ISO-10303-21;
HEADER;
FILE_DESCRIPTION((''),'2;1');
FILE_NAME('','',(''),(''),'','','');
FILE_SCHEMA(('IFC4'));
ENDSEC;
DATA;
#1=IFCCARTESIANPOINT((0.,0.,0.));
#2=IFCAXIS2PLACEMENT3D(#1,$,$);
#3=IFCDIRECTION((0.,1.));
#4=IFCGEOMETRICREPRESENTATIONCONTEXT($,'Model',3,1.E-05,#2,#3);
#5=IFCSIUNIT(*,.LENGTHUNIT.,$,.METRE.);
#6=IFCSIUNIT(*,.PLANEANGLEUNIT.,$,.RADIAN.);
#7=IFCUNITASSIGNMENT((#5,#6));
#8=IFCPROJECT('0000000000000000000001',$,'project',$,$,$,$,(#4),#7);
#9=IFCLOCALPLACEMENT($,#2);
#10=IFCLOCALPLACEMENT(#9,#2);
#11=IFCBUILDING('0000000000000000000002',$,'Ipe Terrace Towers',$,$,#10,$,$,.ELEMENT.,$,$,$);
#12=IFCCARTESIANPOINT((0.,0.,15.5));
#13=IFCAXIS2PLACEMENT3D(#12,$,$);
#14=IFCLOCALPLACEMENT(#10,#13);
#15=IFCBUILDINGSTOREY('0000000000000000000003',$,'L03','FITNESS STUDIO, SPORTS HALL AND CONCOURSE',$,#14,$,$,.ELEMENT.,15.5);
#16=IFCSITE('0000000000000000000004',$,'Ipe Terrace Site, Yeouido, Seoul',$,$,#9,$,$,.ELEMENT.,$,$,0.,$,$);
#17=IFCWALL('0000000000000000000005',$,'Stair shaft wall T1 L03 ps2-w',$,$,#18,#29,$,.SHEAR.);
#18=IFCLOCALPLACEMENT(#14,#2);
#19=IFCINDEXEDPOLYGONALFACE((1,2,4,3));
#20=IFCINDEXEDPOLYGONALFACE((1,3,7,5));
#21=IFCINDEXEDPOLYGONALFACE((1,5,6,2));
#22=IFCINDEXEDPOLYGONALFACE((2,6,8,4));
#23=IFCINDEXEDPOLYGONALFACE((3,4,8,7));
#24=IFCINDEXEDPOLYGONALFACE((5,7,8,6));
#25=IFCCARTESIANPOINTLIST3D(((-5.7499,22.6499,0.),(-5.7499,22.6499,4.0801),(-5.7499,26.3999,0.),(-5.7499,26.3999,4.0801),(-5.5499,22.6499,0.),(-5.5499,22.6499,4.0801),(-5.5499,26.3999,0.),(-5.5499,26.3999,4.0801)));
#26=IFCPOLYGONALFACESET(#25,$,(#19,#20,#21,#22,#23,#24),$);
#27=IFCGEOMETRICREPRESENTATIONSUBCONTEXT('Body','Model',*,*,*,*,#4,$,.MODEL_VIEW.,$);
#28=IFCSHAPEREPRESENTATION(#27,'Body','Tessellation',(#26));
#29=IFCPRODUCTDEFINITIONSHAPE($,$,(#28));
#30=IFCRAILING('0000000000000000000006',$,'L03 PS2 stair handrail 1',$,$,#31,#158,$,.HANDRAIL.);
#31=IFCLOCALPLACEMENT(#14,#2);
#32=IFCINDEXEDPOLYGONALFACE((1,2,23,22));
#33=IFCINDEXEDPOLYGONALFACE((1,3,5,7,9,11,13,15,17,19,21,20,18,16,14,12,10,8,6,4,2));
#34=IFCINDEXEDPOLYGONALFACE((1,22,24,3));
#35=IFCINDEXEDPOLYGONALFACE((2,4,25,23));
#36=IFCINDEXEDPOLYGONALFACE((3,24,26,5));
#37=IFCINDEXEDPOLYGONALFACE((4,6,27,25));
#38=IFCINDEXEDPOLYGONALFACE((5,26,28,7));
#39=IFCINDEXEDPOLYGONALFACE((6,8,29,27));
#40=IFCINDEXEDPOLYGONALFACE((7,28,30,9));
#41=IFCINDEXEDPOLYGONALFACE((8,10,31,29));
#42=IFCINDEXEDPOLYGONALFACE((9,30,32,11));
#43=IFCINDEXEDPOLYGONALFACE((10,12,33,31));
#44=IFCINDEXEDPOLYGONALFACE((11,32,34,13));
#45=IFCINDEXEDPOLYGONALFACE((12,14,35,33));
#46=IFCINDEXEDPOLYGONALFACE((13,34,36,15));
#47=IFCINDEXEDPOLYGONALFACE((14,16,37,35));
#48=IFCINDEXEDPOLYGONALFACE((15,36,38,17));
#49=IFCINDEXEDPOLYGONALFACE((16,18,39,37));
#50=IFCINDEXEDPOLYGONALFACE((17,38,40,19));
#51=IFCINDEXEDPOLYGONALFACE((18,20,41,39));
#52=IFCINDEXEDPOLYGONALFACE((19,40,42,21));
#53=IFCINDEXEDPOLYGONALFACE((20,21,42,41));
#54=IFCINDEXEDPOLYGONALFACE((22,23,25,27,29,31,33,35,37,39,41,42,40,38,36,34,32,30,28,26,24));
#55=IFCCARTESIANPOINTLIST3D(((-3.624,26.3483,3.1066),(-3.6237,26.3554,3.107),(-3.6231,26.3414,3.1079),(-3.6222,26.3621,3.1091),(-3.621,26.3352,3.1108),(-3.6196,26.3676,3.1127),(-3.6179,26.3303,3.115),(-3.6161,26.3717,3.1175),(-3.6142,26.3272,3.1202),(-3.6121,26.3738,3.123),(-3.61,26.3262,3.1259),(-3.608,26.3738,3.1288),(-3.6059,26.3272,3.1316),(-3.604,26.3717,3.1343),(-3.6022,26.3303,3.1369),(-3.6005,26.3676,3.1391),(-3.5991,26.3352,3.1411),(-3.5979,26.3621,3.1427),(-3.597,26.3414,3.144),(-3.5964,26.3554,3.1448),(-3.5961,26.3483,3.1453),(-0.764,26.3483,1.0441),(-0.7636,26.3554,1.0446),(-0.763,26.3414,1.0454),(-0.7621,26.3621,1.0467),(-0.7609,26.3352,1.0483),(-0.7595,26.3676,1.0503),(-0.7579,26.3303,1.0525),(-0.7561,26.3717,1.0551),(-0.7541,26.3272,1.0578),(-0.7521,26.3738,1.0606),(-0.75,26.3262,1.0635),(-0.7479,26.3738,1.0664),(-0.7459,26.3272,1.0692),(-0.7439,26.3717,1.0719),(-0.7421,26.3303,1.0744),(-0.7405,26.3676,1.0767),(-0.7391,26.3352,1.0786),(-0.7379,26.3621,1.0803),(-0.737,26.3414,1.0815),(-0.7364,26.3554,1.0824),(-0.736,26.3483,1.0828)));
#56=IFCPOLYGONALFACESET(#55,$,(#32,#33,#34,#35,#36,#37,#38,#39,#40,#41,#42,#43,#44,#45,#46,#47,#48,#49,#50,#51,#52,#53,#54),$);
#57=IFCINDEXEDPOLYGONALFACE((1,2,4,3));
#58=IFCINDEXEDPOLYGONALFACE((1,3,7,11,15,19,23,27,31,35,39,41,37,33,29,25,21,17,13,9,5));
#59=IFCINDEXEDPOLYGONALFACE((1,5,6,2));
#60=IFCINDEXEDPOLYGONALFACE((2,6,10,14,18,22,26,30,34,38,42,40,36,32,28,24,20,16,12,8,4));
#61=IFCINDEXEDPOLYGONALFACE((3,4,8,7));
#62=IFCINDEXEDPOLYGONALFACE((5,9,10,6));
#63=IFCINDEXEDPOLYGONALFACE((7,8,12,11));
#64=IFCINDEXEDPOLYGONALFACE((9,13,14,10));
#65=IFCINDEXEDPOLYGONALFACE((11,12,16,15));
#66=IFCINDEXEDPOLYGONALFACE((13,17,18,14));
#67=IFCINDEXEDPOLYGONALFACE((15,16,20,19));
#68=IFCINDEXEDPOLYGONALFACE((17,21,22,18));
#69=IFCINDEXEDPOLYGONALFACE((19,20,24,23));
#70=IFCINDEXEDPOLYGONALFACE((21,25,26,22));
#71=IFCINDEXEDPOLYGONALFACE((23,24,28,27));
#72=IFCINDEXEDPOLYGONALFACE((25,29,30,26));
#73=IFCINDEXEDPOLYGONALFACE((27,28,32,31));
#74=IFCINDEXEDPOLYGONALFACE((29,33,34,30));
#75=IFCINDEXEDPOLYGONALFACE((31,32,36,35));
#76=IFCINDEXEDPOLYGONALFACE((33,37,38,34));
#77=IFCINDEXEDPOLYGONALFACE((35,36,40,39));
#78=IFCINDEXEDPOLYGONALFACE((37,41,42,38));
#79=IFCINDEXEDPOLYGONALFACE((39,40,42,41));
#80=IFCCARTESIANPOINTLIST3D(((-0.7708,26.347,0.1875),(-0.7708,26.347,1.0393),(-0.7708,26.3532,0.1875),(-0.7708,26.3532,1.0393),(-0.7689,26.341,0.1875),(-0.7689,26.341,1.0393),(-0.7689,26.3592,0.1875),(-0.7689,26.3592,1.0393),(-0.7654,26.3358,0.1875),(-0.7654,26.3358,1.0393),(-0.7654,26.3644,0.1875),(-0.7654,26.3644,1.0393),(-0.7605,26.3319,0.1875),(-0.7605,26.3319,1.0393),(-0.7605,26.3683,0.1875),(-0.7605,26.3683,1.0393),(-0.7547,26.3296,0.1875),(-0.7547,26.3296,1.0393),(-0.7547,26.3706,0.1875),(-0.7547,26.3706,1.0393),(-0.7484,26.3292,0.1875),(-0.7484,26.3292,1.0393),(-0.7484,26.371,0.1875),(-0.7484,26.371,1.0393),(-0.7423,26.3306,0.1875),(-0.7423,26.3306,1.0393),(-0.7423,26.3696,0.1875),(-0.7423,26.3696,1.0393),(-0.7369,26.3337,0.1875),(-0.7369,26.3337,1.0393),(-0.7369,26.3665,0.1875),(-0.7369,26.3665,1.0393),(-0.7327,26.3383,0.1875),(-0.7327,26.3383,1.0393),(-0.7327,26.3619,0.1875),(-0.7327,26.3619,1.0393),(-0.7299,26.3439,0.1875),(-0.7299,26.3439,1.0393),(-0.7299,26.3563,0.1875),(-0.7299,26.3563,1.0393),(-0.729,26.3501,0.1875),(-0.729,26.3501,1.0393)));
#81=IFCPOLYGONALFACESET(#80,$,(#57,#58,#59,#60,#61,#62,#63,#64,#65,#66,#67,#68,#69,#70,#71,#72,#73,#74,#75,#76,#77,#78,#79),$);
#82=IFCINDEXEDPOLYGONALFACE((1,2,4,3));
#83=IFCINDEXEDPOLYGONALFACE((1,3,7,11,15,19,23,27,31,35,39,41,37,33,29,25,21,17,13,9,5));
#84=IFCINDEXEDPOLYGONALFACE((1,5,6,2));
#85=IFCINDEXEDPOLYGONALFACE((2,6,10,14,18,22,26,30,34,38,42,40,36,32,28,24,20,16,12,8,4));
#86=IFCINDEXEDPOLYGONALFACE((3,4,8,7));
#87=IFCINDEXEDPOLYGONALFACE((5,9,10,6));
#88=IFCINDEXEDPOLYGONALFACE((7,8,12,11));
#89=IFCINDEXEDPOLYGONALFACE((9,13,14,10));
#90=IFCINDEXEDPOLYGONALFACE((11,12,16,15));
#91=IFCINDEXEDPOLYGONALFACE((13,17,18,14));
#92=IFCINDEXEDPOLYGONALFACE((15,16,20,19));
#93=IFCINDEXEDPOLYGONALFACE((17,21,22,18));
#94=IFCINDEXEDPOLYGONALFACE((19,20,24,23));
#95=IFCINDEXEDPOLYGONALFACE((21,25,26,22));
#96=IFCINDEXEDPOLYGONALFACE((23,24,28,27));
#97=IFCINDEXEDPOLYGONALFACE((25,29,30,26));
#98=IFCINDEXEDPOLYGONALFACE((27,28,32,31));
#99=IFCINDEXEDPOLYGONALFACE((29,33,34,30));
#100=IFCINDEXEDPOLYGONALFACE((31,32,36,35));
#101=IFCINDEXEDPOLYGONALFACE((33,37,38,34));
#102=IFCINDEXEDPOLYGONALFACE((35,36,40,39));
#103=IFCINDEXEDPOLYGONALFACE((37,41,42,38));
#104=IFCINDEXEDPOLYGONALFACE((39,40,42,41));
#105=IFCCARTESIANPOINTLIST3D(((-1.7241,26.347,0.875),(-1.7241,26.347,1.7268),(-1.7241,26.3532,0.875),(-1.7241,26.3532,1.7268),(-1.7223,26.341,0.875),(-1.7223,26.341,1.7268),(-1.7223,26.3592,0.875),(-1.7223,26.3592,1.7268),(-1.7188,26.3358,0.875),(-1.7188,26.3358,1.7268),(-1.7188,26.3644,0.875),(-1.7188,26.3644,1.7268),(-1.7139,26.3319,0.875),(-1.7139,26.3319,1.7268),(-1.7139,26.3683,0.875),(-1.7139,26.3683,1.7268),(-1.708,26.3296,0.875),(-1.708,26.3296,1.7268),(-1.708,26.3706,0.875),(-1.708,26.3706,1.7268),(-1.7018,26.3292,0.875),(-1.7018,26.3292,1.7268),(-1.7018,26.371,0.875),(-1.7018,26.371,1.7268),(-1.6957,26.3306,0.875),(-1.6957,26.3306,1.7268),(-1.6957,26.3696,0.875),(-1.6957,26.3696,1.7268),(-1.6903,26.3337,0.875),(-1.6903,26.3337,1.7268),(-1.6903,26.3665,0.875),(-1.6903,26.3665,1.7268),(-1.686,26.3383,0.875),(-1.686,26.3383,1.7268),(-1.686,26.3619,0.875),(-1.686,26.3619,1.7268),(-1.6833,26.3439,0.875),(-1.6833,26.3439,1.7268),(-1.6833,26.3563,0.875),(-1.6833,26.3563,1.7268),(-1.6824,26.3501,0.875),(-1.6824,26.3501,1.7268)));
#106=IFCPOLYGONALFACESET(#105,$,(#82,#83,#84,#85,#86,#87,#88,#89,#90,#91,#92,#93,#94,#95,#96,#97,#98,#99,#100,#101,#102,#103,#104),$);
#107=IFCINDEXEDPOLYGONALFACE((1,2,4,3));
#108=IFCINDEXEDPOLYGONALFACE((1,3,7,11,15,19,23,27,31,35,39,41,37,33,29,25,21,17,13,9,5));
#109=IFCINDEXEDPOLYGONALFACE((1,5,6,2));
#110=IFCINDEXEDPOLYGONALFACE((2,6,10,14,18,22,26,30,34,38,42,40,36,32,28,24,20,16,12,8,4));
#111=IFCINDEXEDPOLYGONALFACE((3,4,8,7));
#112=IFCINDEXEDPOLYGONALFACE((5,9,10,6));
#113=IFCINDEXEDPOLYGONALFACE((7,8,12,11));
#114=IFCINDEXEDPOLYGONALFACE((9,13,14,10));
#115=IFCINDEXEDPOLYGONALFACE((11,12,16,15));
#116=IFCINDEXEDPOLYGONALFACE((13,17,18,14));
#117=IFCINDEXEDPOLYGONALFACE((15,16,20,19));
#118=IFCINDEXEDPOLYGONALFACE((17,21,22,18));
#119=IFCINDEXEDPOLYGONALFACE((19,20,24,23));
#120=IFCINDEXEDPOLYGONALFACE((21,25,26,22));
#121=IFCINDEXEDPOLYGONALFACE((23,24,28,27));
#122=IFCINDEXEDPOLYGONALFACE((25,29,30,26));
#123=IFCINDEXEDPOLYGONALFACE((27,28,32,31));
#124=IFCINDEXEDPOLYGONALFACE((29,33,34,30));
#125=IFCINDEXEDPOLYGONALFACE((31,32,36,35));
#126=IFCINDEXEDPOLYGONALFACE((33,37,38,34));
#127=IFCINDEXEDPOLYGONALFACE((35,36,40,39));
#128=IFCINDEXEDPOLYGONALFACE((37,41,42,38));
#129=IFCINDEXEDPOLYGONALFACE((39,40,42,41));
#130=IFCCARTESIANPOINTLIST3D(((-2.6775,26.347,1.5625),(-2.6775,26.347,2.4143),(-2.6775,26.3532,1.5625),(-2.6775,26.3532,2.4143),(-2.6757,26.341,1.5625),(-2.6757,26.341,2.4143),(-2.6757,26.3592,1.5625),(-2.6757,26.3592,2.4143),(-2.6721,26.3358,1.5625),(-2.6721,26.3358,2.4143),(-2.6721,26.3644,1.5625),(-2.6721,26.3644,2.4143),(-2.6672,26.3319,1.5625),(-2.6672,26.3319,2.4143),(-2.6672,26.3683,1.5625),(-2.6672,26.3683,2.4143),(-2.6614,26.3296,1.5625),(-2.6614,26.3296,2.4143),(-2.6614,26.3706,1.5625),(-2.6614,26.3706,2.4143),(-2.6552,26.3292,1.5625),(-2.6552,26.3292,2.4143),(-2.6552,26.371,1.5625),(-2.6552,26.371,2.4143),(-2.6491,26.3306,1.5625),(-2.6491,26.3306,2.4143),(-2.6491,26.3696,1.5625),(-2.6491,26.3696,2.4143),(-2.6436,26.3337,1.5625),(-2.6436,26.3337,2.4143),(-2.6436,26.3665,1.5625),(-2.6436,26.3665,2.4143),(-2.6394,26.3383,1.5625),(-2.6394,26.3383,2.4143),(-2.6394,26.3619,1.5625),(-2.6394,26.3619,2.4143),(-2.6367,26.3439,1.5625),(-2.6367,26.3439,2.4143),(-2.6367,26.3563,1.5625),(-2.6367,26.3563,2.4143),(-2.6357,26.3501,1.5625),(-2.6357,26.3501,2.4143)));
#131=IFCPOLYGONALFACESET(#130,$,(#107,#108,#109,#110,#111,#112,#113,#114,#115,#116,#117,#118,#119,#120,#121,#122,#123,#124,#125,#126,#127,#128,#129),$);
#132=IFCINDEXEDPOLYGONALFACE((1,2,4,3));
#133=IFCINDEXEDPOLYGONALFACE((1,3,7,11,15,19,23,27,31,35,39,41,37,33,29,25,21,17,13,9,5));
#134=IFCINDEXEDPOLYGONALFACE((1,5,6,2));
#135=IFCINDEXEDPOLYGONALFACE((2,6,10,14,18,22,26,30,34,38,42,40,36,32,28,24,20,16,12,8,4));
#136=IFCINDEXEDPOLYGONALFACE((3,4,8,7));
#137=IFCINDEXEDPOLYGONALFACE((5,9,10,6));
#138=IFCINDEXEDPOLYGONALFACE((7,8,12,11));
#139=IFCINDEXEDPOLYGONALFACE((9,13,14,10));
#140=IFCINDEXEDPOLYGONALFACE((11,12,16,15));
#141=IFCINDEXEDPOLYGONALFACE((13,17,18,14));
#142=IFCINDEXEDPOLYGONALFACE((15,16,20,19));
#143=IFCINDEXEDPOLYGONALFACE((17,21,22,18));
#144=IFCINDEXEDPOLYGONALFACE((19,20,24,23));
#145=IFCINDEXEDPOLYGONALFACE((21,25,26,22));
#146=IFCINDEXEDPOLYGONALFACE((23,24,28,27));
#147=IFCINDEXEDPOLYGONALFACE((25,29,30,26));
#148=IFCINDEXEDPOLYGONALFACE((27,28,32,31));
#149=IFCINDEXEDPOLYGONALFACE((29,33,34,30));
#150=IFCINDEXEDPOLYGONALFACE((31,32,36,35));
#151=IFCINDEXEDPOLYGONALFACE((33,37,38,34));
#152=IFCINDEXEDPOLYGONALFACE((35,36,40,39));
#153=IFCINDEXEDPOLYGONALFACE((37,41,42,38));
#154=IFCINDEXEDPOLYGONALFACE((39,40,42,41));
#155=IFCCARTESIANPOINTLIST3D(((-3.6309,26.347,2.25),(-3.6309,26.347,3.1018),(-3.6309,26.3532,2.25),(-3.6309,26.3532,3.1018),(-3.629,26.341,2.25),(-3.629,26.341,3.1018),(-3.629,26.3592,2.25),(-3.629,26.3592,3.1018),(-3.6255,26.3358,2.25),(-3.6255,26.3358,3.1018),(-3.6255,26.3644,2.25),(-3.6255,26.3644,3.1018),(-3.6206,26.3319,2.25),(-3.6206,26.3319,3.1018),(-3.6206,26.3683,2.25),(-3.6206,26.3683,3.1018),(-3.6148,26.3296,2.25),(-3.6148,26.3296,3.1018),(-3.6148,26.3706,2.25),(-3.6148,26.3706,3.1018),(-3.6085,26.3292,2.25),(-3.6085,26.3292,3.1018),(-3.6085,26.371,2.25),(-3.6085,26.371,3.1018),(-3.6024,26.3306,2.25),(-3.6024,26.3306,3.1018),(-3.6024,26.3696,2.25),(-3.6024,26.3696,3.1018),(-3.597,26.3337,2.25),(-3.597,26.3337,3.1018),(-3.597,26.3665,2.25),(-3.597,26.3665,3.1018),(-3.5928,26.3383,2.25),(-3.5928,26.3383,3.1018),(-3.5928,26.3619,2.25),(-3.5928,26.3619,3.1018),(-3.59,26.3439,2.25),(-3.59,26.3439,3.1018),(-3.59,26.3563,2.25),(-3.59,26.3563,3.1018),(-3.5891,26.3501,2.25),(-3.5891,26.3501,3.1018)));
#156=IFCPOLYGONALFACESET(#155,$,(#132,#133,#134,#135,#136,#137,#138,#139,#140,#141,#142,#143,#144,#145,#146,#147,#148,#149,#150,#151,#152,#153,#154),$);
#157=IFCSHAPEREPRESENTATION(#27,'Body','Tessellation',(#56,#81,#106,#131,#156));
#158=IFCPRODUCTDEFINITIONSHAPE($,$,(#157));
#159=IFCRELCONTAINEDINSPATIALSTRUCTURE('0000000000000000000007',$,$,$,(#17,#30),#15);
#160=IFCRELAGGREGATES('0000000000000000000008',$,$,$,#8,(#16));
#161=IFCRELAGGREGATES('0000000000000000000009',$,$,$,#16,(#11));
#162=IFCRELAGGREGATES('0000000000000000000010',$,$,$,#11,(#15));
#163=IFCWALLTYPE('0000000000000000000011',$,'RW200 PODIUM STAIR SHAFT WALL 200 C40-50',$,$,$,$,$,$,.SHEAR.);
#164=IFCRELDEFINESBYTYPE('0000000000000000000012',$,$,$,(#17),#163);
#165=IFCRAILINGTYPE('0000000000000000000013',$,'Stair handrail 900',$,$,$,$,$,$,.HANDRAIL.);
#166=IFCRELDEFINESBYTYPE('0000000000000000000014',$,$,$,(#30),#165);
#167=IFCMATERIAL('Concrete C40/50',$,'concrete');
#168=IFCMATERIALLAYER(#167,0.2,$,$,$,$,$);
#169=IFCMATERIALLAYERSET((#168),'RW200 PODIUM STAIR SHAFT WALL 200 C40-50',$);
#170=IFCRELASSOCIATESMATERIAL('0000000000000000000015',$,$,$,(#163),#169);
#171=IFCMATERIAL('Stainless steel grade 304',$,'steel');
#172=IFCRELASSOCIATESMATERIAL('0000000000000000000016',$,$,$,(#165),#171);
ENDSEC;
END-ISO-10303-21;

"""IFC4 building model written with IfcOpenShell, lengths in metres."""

from ifc_helpers import new_model, si_unit, direction, frame, frame_2d, origin, origin_2d, place, context, subcontext, project, spatial, rectangle, circle, extrude, material, layer, layer_set, type_object, element, save


model = new_model("IFC4")

# Units and contexts
model_context = context("Model", 3, precision=1e-05, world=origin(), true_north=direction((0.0, 1.0)))
body_context = subcontext(model_context, "Body", "Model", "MODEL_VIEW")
ifc_project = project(units=[si_unit("LENGTHUNIT", "METRE"), si_unit("PLANEANGLEUNIT", "RADIAN")], contexts=[model_context])

# Site, building, storey
site_placement = place(None, origin())
site = spatial("IfcSite", under=ifc_project, at=site_placement, Name="Ipe Terrace Site, Yeouido, Seoul", CompositionType="ELEMENT", RefElevation=0.0)
building_placement = place(site_placement, origin())
building = spatial("IfcBuilding", under=site, at=building_placement, Name="Ipe Terrace Towers", CompositionType="ELEMENT")
storey_placement = place(building_placement, frame((0.0, 0.0, 15.5)))
storey = spatial("IfcBuildingStorey", under=building, at=storey_placement, Name="L03", Description="FITNESS STUDIO, SPORTS HALL AND CONCOURSE", CompositionType="ELEMENT", Elevation=15.5)

# Shared definitions
ifc_material_1 = material(Name="Concrete C40/50", Category="concrete")
ifc_layer_1 = layer(ifc_material_1, 0.2)
ifc_layer_set_1 = layer_set([ifc_layer_1], Name="RW200 PODIUM STAIR SHAFT WALL 200 C40-50")
wall_type_1 = type_object("IfcWallType", Name="RW200 PODIUM STAIR SHAFT WALL 200 C40-50", PredefinedType="SHEAR", material=ifc_layer_set_1)

# Wall
wall_1_placement = place(storey_placement, frame((-5.6499, 22.6499, 0.0), z_axis=(0.0, 0.0, 1.0), x_axis=(0.0, 1.0, 0.0)))
element("IfcWall", 1, at=wall_1_placement, inside=storey, type_object=wall_type_1, Name="Stair shaft wall T1 L03 ps2-w", PredefinedType="SHEAR", context=body_context, shape_type="SweptSolid", body=[
    extrude(rectangle(XDim=3.75, YDim=0.2, at=frame_2d((1.875, 0.0))), origin(), (0.0, 0.0, 1.0), 4.0801),
])

# Railing
ifc_material_2 = material(Name="Stainless steel grade 304", Category="steel")
railing_type_1 = type_object("IfcRailingType", Name="Stair handrail 900", PredefinedType="HANDRAIL", material=ifc_material_2)
railing_1_placement = place(storey_placement, frame((-0.75, 26.3501, 0.1875)))
element("IfcRailing", 2, at=railing_1_placement, inside=storey, type_object=railing_type_1, Name="L03 PS2 stair handrail 1", PredefinedType="HANDRAIL", context=body_context, shape_type="SweptSolid", body=[
    extrude(circle(Radius=0.0239, at=origin_2d()), frame((0.0, 0.0, 0.876), z_axis=(-0.811101, 0.0, 0.584906), x_axis=(0.0, -1.0, 0.0)), (0.0, 0.0, 1.0), 3.5261),
    extrude(circle(Radius=0.021, at=origin_2d()), origin(), (0.0, 0.0, 1.0), 0.8518),
    extrude(circle(Radius=0.021, at=origin_2d()), frame((-0.9534, 0.0, 0.6875)), (0.0, 0.0, 1.0), 0.8518),
    extrude(circle(Radius=0.021, at=origin_2d()), frame((-1.9067, 0.0, 1.375)), (0.0, 0.0, 1.0), 0.8518),
    extrude(circle(Radius=0.021, at=origin_2d()), frame((-2.8601, 0.0, 2.0625)), (0.0, 0.0, 1.0), 0.8518),
])

save(model, "model.ifc")
